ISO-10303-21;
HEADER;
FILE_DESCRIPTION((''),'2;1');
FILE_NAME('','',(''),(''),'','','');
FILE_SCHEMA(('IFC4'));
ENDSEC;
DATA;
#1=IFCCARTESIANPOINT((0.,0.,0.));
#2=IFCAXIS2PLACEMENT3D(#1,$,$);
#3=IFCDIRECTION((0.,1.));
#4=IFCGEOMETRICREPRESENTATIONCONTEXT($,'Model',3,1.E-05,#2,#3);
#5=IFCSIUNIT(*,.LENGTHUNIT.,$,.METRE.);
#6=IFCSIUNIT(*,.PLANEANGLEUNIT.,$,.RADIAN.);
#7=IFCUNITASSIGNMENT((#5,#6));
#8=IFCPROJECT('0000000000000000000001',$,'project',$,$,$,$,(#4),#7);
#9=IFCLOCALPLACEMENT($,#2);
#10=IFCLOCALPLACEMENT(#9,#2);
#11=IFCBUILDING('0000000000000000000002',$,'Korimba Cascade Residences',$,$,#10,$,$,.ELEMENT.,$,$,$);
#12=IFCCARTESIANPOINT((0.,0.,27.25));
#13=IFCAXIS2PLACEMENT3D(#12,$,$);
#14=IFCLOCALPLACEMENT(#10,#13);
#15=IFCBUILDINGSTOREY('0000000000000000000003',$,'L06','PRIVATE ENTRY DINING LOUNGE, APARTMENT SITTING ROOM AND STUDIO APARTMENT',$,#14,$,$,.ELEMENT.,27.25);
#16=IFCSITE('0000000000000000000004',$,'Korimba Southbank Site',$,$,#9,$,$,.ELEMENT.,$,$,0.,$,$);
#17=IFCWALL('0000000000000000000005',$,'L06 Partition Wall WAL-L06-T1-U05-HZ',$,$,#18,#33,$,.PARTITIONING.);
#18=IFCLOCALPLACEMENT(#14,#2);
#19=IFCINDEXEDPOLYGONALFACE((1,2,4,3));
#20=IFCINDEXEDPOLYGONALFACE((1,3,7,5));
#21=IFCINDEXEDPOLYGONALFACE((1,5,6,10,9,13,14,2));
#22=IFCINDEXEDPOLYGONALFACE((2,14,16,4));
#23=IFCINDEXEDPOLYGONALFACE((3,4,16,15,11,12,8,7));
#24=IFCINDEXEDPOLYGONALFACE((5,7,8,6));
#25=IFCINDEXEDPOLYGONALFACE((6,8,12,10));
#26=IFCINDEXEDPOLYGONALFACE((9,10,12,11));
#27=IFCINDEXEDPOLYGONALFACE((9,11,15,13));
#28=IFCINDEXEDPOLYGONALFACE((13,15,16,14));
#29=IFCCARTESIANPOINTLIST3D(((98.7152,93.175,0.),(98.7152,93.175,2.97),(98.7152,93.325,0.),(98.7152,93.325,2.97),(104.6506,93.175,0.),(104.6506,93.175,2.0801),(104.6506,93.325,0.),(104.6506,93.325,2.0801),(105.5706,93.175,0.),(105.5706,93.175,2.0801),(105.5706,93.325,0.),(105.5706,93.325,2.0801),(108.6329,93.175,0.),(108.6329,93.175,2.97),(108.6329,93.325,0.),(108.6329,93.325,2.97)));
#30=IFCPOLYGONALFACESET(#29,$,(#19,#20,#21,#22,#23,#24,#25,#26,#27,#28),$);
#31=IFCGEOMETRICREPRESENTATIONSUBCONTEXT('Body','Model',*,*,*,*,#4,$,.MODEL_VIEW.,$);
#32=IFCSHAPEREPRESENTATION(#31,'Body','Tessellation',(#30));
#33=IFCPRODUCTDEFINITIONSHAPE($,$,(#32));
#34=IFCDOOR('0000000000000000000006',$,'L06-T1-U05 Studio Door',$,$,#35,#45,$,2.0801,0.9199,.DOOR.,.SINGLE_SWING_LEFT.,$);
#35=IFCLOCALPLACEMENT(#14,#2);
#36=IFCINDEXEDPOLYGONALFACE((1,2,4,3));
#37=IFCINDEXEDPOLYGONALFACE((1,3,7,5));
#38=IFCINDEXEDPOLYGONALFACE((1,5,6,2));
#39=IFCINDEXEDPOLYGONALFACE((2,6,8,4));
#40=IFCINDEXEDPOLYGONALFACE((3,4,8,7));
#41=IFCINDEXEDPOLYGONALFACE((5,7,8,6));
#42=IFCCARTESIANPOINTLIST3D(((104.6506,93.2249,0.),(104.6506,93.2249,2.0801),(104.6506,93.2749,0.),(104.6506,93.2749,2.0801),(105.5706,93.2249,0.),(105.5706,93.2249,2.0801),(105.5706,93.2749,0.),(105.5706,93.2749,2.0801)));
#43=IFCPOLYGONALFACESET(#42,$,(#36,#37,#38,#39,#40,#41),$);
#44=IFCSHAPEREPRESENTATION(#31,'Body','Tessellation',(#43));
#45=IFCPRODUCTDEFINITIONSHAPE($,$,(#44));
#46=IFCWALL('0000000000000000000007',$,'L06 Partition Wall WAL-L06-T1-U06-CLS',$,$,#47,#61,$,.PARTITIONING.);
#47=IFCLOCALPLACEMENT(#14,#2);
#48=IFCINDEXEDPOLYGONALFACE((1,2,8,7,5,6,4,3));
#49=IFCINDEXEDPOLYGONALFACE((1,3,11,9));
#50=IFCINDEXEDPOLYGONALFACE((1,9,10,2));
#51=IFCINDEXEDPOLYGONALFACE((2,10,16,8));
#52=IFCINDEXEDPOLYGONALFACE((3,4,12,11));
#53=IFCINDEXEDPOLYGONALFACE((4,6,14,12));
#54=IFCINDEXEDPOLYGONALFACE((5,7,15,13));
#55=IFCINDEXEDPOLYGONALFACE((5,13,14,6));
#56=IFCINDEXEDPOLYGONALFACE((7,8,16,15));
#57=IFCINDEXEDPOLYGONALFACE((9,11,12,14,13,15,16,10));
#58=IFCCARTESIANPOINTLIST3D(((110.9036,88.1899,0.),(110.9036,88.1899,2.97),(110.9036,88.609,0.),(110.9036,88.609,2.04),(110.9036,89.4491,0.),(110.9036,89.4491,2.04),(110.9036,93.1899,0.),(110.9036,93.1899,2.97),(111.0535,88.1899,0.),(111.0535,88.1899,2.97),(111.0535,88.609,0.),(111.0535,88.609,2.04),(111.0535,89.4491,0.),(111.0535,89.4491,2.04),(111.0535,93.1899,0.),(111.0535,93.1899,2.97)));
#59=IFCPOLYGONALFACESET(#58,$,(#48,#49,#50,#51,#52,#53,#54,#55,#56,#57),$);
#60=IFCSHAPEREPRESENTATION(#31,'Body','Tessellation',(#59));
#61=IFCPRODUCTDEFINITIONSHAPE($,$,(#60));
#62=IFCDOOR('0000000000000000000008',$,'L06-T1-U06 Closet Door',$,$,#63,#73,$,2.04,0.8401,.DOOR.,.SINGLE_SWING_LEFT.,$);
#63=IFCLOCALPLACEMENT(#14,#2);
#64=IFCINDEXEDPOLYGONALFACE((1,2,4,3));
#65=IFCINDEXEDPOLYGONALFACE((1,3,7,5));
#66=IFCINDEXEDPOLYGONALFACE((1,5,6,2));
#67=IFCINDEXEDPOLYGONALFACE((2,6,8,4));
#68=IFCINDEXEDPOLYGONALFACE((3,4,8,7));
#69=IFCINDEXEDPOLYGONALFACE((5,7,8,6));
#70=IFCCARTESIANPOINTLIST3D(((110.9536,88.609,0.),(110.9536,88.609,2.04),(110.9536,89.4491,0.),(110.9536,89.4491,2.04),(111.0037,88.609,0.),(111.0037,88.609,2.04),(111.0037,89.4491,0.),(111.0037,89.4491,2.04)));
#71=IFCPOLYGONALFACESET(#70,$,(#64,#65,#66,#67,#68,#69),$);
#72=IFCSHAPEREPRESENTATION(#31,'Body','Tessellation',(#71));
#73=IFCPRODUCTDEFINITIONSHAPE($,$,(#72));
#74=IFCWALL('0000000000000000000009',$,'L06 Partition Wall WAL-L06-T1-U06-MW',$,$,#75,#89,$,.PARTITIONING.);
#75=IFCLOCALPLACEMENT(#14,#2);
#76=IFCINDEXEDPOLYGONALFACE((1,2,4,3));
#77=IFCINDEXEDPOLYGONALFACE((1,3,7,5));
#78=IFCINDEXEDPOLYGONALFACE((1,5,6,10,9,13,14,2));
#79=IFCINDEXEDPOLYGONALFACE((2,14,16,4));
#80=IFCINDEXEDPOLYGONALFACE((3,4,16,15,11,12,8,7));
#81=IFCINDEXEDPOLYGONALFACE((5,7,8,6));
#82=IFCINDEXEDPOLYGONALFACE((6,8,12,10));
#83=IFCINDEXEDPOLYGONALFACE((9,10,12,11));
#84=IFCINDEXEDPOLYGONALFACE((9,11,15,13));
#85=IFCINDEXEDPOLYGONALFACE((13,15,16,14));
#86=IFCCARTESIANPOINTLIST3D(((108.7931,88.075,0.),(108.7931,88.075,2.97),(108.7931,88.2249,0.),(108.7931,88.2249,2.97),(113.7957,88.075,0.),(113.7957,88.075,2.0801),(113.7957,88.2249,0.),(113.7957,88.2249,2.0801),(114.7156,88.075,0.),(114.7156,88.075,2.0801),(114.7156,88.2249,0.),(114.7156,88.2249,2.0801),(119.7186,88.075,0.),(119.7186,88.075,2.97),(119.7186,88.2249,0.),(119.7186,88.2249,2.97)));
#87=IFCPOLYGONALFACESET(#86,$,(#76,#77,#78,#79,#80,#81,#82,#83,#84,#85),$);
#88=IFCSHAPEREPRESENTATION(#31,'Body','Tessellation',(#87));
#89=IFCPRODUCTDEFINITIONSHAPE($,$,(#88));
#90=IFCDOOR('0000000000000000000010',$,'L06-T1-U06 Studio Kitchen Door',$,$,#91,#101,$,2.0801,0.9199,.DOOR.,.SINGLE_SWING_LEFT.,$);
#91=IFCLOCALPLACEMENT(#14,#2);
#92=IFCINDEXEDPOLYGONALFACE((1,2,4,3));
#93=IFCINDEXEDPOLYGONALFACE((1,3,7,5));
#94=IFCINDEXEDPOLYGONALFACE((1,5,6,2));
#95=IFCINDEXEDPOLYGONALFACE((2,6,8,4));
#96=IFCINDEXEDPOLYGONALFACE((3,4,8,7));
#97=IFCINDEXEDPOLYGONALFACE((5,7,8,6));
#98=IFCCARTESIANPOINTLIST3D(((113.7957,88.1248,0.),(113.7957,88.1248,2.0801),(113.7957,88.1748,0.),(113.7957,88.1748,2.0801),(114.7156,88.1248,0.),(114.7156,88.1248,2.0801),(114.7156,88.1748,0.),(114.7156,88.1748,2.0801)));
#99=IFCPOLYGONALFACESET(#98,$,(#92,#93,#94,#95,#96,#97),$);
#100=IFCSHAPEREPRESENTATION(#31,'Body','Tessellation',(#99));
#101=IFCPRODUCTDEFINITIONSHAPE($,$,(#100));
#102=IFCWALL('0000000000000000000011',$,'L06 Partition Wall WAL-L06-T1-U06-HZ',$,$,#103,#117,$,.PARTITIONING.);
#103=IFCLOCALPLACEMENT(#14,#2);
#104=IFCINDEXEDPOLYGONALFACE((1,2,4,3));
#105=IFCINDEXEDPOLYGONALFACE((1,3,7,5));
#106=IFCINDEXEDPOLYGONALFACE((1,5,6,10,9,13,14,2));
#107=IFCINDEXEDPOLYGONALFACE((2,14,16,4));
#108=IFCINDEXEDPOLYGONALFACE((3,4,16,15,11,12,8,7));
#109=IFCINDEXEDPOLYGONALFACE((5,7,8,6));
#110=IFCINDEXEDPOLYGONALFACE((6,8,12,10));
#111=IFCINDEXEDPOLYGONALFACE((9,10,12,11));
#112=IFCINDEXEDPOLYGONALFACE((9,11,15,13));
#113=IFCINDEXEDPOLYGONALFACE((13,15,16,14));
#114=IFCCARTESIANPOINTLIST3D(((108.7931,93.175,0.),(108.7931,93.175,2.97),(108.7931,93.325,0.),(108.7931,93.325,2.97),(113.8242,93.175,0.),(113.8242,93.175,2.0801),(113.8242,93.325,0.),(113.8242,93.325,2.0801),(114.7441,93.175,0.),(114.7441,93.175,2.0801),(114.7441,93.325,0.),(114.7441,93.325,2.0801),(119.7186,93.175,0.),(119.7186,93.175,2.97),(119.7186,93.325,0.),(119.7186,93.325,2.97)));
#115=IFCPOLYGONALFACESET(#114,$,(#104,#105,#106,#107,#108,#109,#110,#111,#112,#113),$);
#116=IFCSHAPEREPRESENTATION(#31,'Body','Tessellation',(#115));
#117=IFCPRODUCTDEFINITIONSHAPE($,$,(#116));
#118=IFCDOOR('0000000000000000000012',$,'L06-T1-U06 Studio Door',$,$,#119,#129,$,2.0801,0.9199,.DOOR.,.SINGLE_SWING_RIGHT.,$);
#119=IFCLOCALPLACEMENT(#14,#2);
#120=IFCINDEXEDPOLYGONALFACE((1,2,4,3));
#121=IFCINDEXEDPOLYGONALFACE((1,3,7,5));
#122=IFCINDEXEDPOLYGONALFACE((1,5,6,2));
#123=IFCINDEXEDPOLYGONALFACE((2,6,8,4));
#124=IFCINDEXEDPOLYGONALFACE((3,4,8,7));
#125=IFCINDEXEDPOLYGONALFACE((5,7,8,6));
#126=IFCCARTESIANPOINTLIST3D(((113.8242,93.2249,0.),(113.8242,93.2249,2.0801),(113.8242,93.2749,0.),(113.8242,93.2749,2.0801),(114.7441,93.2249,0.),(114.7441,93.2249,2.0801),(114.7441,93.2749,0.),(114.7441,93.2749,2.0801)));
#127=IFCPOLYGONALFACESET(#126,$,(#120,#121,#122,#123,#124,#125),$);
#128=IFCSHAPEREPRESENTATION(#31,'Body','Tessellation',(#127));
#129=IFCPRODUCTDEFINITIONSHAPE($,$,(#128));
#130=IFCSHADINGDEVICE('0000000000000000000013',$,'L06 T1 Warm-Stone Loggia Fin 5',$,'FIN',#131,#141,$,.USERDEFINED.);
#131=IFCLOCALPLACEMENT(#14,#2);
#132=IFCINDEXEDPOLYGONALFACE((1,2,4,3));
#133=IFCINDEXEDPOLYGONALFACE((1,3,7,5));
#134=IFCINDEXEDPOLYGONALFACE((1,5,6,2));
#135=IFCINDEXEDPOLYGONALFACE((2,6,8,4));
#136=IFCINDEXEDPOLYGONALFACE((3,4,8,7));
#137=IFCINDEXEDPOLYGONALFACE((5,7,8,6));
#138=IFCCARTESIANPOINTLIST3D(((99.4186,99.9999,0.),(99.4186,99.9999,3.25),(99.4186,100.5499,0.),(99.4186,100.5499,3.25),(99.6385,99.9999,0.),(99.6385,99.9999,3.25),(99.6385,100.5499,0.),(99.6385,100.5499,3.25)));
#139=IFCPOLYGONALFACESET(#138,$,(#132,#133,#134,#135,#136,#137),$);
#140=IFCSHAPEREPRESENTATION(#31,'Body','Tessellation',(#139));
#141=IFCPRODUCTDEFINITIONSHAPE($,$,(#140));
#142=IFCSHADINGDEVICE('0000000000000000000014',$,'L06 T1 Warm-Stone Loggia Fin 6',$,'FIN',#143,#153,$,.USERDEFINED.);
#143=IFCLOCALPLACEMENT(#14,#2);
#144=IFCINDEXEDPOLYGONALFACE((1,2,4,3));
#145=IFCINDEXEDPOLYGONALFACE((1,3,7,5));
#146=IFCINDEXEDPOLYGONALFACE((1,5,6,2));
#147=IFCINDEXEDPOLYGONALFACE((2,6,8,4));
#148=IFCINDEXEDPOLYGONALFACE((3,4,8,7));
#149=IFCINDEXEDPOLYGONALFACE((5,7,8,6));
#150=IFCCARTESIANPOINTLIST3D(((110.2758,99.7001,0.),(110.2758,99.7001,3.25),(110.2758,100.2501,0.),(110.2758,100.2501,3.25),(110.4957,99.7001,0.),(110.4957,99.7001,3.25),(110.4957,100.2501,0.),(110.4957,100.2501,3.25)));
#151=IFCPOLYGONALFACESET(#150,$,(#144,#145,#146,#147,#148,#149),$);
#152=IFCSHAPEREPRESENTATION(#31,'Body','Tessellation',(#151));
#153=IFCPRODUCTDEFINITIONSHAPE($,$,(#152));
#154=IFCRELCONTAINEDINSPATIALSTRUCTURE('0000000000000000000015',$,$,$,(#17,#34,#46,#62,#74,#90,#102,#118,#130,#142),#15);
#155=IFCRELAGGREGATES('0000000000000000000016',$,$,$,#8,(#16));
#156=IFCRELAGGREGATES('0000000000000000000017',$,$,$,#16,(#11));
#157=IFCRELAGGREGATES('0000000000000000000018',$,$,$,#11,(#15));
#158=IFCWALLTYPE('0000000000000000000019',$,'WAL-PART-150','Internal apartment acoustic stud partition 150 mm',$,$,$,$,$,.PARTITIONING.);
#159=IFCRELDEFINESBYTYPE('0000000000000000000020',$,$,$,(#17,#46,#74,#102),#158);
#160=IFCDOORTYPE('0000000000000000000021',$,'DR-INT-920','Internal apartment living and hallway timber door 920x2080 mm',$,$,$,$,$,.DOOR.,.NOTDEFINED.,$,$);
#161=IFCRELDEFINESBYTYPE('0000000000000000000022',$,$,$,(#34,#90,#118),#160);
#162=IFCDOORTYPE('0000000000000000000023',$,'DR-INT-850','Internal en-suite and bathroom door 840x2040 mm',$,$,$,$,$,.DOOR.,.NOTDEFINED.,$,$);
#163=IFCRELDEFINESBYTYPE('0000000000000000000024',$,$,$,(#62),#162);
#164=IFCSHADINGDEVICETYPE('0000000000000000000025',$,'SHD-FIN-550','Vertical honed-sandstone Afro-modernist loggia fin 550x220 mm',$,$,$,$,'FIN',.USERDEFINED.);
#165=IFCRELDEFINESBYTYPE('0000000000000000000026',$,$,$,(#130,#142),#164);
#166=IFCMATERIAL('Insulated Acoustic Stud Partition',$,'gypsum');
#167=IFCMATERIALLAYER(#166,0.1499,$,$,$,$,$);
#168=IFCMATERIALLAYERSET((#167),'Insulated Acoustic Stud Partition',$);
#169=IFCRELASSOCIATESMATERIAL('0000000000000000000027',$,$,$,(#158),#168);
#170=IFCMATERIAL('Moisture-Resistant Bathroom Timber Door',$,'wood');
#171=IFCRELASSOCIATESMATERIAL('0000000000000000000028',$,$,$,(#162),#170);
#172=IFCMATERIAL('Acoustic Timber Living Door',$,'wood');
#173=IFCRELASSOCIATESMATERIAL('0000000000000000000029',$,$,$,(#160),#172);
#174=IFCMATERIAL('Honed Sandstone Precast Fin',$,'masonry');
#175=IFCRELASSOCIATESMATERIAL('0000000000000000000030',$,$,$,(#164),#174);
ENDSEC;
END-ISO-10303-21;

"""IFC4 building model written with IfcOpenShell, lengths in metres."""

from ifc_helpers import new_model, si_unit, direction, frame, frame_2d, origin, origin_2d, place, context, subcontext, project, spatial, rectangle, extrude, material, layer, layer_set, type_object, element, fill, save


model = new_model("IFC4")

# Units and contexts
model_context = context("Model", 3, precision=1e-05, world=origin(), true_north=direction((0.0, 1.0)))
body_context = subcontext(model_context, "Body", "Model", "MODEL_VIEW")
ifc_project = project(units=[si_unit("LENGTHUNIT", "METRE"), si_unit("PLANEANGLEUNIT", "RADIAN")], contexts=[model_context])

# Site, building, storey
site_placement = place(None, origin())
site = spatial("IfcSite", under=ifc_project, at=site_placement, Name="Korimba Southbank Site", CompositionType="ELEMENT", RefElevation=0.0)
building_placement = place(site_placement, origin())
building = spatial("IfcBuilding", under=site, at=building_placement, Name="Korimba Cascade Residences", CompositionType="ELEMENT")
storey_placement = place(building_placement, frame((0.0, 0.0, 27.25)))
storey = spatial("IfcBuildingStorey", under=building, at=storey_placement, Name="L06", Description="PRIVATE ENTRY DINING LOUNGE, APARTMENT SITTING ROOM AND STUDIO APARTMENT", CompositionType="ELEMENT", Elevation=27.25)

# Walls, openings, doors
ifc_material_1 = material(Name="Insulated Acoustic Stud Partition", Category="gypsum")
ifc_layer = layer(ifc_material_1, 0.1499)
ifc_layer_set = layer_set([ifc_layer], Name="Insulated Acoustic Stud Partition")
wall_type = type_object("IfcWallType", Name="WAL-PART-150", Description="Internal apartment acoustic stud partition 150 mm", PredefinedType="PARTITIONING", material=ifc_layer_set)
ifc_material_2 = material(Name="Moisture-Resistant Bathroom Timber Door", Category="wood")
door_type_1 = type_object("IfcDoorType", Name="DR-INT-850", Description="Internal en-suite and bathroom door 840x2040 mm", OperationType="NOTDEFINED", PredefinedType="DOOR", material=ifc_material_2)
wall_1_placement = place(storey_placement, frame((98.7151, 93.25, 0.0), z_axis=(0.0, 0.0, 1.0), x_axis=(1.0, 0.0, 0.0)))
wall_1 = element("IfcWall", 1, at=wall_1_placement, inside=storey, type_object=wall_type, Name="L06 Partition Wall WAL-L06-T1-U05-HZ", PredefinedType="PARTITIONING", context=body_context, shape_type="SweptSolid", body=[
    extrude(rectangle(XDim=9.9177, YDim=0.1499, at=frame_2d((4.959, 0.0))), origin(), (0.0, 0.0, 1.0), 2.97),
])
opening_1_placement = place(wall_1_placement, frame((5.9355, 0.0, 0.0)))
opening_1 = element("IfcOpeningElement", 2, at=opening_1_placement, cuts=wall_1, PredefinedType="OPENING", context=body_context, shape_type="SweptSolid", body=[
    extrude(rectangle(XDim=0.9199, YDim=2.0801, at=frame_2d((0.46, 1.04))), frame((0.0, 0.085, 0.0), z_axis=(0.0, -1.0, 0.0), x_axis=(1.0, 0.0, 0.0)), (0.0, 0.0, 1.0), 0.1699),
])
ifc_material_3 = material(Name="Acoustic Timber Living Door", Category="wood")
door_type_2 = type_object("IfcDoorType", Name="DR-INT-920", Description="Internal apartment living and hallway timber door 920x2080 mm", OperationType="NOTDEFINED", PredefinedType="DOOR", material=ifc_material_3)
door_1_placement = place(opening_1_placement, origin())
door_1 = element("IfcDoor", 3, at=door_1_placement, inside=storey, type_object=door_type_2, Name="L06-T1-U05 Studio Door", OperationType="SINGLE_SWING_LEFT", OverallHeight=2.0801, OverallWidth=0.9199, PredefinedType="DOOR", context=body_context, shape_type="SweptSolid", body=[
    extrude(rectangle(XDim=0.9199, YDim=2.0801, at=frame_2d((0.46, 1.04))), frame((0.0, 0.0249, 0.0), z_axis=(0.0, -1.0, 0.0), x_axis=(1.0, 0.0, 0.0)), (0.0, 0.0, 1.0), 0.05),
])
fill(opening_1, door_1)
wall_2_placement = place(storey_placement, frame((110.9785, 88.1899, 0.0), z_axis=(0.0, 0.0, 1.0), x_axis=(0.0, 1.0, 0.0)))
wall_2 = element("IfcWall", 4, at=wall_2_placement, inside=storey, type_object=wall_type, Name="L06 Partition Wall WAL-L06-T1-U06-CLS", PredefinedType="PARTITIONING", context=body_context, shape_type="SweptSolid", body=[
    extrude(rectangle(XDim=5.0, YDim=0.1499, at=frame_2d((2.5, 0.0))), origin(), (0.0, 0.0, 1.0), 2.97),
])
opening_2_placement = place(wall_2_placement, frame((0.4192, 0.0, 0.0)))
opening_2 = element("IfcOpeningElement", 5, at=opening_2_placement, cuts=wall_2, PredefinedType="OPENING", context=body_context, shape_type="SweptSolid", body=[
    extrude(rectangle(XDim=0.8401, YDim=2.04, at=frame_2d((0.4199, 1.02))), frame((0.0, 0.085, 0.0), z_axis=(0.0, -1.0, 0.0), x_axis=(1.0, 0.0, 0.0)), (0.0, 0.0, 1.0), 0.1699),
])
door_2_placement = place(opening_2_placement, origin())
door_2 = element("IfcDoor", 6, at=door_2_placement, inside=storey, type_object=door_type_1, Name="L06-T1-U06 Closet Door", OperationType="SINGLE_SWING_LEFT", OverallHeight=2.04, OverallWidth=0.8401, PredefinedType="DOOR", context=body_context, shape_type="SweptSolid", body=[
    extrude(rectangle(XDim=0.8401, YDim=2.04, at=frame_2d((0.4199, 1.02))), frame((0.0, 0.0249, 0.0), z_axis=(0.0, -1.0, 0.0), x_axis=(1.0, 0.0, 0.0)), (0.0, 0.0, 1.0), 0.05),
])
fill(opening_2, door_2)
wall_3_placement = place(storey_placement, frame((108.793, 88.1499, 0.0), z_axis=(0.0, 0.0, 1.0), x_axis=(1.0, 0.0, 0.0)))
wall_3 = element("IfcWall", 7, at=wall_3_placement, inside=storey, type_object=wall_type, Name="L06 Partition Wall WAL-L06-T1-U06-MW", PredefinedType="PARTITIONING", context=body_context, shape_type="SweptSolid", body=[
    extrude(rectangle(XDim=10.9255, YDim=0.1499, at=frame_2d((5.4629, 0.0))), origin(), (0.0, 0.0, 1.0), 2.97),
])
opening_3_placement = place(wall_3_placement, frame((5.0027, 0.0, 0.0)))
opening_3 = element("IfcOpeningElement", 8, at=opening_3_placement, cuts=wall_3, PredefinedType="OPENING", context=body_context, shape_type="SweptSolid", body=[
    extrude(rectangle(XDim=0.9199, YDim=2.0801, at=frame_2d((0.46, 1.04))), frame((0.0, 0.085, 0.0), z_axis=(0.0, -1.0, 0.0), x_axis=(1.0, 0.0, 0.0)), (0.0, 0.0, 1.0), 0.1699),
])
door_3_placement = place(opening_3_placement, origin())
door_3 = element("IfcDoor", 9, at=door_3_placement, inside=storey, type_object=door_type_2, Name="L06-T1-U06 Studio Kitchen Door", OperationType="SINGLE_SWING_LEFT", OverallHeight=2.0801, OverallWidth=0.9199, PredefinedType="DOOR", context=body_context, shape_type="SweptSolid", body=[
    extrude(rectangle(XDim=0.9199, YDim=2.0801, at=frame_2d((0.46, 1.04))), frame((0.0, 0.0249, 0.0), z_axis=(0.0, -1.0, 0.0), x_axis=(1.0, 0.0, 0.0)), (0.0, 0.0, 1.0), 0.05),
])
fill(opening_3, door_3)
wall_4_placement = place(storey_placement, frame((108.793, 93.25, 0.0), z_axis=(0.0, 0.0, 1.0), x_axis=(1.0, 0.0, 0.0)))
wall_4 = element("IfcWall", 10, at=wall_4_placement, inside=storey, type_object=wall_type, Name="L06 Partition Wall WAL-L06-T1-U06-HZ", PredefinedType="PARTITIONING", context=body_context, shape_type="SweptSolid", body=[
    extrude(rectangle(XDim=10.9255, YDim=0.1499, at=frame_2d((5.4629, 0.0))), origin(), (0.0, 0.0, 1.0), 2.97),
])
opening_4_placement = place(wall_4_placement, frame((5.0312, 0.0, 0.0)))
opening_4 = element("IfcOpeningElement", 11, at=opening_4_placement, cuts=wall_4, PredefinedType="OPENING", context=body_context, shape_type="SweptSolid", body=[
    extrude(rectangle(XDim=0.9199, YDim=2.0801, at=frame_2d((0.46, 1.04))), frame((0.0, 0.085, 0.0), z_axis=(0.0, -1.0, 0.0), x_axis=(1.0, 0.0, 0.0)), (0.0, 0.0, 1.0), 0.1699),
])
door_4_placement = place(opening_4_placement, origin())
door_4 = element("IfcDoor", 12, at=door_4_placement, inside=storey, type_object=door_type_2, Name="L06-T1-U06 Studio Door", OperationType="SINGLE_SWING_RIGHT", OverallHeight=2.0801, OverallWidth=0.9199, PredefinedType="DOOR", context=body_context, shape_type="SweptSolid", body=[
    extrude(rectangle(XDim=0.9199, YDim=2.0801, at=frame_2d((0.46, 1.04))), frame((0.0, 0.0249, 0.0), z_axis=(0.0, -1.0, 0.0), x_axis=(1.0, 0.0, 0.0)), (0.0, 0.0, 1.0), 0.05),
])
fill(opening_4, door_4)

# Shading devices
ifc_material_4 = material(Name="Honed Sandstone Precast Fin", Category="masonry")
shading_device_type = type_object("IfcShadingDeviceType", Name="SHD-FIN-550", Description="Vertical honed-sandstone Afro-modernist loggia fin 550x220 mm", ElementType="FIN", PredefinedType="USERDEFINED", material=ifc_material_4)
for number, where, z_axis, x_axis, name in (
    (13, (99.5286, 100.2749, 0.0), (0.0, 0.0, 1.0), (1.0, 0.0, 0.0), "L06 T1 Warm-Stone Loggia Fin 5"),
    (14, (110.3857, 99.9751, 0.0), (0.0, 0.0, 1.0), (1.0, 0.0, 0.0), "L06 T1 Warm-Stone Loggia Fin 6"),
):
    element("IfcShadingDevice", number, at=place(storey_placement, frame(where, z_axis=z_axis, x_axis=x_axis)), inside=storey, type_object=shading_device_type, Name=name, ObjectType="FIN", PredefinedType="USERDEFINED", context=body_context, shape_type="SweptSolid", body=[
        extrude(rectangle(XDim=0.22, YDim=0.55, at=origin_2d()), origin(), (0.0, 0.0, 1.0), 3.25),
    ])

save(model, "model.ifc")
